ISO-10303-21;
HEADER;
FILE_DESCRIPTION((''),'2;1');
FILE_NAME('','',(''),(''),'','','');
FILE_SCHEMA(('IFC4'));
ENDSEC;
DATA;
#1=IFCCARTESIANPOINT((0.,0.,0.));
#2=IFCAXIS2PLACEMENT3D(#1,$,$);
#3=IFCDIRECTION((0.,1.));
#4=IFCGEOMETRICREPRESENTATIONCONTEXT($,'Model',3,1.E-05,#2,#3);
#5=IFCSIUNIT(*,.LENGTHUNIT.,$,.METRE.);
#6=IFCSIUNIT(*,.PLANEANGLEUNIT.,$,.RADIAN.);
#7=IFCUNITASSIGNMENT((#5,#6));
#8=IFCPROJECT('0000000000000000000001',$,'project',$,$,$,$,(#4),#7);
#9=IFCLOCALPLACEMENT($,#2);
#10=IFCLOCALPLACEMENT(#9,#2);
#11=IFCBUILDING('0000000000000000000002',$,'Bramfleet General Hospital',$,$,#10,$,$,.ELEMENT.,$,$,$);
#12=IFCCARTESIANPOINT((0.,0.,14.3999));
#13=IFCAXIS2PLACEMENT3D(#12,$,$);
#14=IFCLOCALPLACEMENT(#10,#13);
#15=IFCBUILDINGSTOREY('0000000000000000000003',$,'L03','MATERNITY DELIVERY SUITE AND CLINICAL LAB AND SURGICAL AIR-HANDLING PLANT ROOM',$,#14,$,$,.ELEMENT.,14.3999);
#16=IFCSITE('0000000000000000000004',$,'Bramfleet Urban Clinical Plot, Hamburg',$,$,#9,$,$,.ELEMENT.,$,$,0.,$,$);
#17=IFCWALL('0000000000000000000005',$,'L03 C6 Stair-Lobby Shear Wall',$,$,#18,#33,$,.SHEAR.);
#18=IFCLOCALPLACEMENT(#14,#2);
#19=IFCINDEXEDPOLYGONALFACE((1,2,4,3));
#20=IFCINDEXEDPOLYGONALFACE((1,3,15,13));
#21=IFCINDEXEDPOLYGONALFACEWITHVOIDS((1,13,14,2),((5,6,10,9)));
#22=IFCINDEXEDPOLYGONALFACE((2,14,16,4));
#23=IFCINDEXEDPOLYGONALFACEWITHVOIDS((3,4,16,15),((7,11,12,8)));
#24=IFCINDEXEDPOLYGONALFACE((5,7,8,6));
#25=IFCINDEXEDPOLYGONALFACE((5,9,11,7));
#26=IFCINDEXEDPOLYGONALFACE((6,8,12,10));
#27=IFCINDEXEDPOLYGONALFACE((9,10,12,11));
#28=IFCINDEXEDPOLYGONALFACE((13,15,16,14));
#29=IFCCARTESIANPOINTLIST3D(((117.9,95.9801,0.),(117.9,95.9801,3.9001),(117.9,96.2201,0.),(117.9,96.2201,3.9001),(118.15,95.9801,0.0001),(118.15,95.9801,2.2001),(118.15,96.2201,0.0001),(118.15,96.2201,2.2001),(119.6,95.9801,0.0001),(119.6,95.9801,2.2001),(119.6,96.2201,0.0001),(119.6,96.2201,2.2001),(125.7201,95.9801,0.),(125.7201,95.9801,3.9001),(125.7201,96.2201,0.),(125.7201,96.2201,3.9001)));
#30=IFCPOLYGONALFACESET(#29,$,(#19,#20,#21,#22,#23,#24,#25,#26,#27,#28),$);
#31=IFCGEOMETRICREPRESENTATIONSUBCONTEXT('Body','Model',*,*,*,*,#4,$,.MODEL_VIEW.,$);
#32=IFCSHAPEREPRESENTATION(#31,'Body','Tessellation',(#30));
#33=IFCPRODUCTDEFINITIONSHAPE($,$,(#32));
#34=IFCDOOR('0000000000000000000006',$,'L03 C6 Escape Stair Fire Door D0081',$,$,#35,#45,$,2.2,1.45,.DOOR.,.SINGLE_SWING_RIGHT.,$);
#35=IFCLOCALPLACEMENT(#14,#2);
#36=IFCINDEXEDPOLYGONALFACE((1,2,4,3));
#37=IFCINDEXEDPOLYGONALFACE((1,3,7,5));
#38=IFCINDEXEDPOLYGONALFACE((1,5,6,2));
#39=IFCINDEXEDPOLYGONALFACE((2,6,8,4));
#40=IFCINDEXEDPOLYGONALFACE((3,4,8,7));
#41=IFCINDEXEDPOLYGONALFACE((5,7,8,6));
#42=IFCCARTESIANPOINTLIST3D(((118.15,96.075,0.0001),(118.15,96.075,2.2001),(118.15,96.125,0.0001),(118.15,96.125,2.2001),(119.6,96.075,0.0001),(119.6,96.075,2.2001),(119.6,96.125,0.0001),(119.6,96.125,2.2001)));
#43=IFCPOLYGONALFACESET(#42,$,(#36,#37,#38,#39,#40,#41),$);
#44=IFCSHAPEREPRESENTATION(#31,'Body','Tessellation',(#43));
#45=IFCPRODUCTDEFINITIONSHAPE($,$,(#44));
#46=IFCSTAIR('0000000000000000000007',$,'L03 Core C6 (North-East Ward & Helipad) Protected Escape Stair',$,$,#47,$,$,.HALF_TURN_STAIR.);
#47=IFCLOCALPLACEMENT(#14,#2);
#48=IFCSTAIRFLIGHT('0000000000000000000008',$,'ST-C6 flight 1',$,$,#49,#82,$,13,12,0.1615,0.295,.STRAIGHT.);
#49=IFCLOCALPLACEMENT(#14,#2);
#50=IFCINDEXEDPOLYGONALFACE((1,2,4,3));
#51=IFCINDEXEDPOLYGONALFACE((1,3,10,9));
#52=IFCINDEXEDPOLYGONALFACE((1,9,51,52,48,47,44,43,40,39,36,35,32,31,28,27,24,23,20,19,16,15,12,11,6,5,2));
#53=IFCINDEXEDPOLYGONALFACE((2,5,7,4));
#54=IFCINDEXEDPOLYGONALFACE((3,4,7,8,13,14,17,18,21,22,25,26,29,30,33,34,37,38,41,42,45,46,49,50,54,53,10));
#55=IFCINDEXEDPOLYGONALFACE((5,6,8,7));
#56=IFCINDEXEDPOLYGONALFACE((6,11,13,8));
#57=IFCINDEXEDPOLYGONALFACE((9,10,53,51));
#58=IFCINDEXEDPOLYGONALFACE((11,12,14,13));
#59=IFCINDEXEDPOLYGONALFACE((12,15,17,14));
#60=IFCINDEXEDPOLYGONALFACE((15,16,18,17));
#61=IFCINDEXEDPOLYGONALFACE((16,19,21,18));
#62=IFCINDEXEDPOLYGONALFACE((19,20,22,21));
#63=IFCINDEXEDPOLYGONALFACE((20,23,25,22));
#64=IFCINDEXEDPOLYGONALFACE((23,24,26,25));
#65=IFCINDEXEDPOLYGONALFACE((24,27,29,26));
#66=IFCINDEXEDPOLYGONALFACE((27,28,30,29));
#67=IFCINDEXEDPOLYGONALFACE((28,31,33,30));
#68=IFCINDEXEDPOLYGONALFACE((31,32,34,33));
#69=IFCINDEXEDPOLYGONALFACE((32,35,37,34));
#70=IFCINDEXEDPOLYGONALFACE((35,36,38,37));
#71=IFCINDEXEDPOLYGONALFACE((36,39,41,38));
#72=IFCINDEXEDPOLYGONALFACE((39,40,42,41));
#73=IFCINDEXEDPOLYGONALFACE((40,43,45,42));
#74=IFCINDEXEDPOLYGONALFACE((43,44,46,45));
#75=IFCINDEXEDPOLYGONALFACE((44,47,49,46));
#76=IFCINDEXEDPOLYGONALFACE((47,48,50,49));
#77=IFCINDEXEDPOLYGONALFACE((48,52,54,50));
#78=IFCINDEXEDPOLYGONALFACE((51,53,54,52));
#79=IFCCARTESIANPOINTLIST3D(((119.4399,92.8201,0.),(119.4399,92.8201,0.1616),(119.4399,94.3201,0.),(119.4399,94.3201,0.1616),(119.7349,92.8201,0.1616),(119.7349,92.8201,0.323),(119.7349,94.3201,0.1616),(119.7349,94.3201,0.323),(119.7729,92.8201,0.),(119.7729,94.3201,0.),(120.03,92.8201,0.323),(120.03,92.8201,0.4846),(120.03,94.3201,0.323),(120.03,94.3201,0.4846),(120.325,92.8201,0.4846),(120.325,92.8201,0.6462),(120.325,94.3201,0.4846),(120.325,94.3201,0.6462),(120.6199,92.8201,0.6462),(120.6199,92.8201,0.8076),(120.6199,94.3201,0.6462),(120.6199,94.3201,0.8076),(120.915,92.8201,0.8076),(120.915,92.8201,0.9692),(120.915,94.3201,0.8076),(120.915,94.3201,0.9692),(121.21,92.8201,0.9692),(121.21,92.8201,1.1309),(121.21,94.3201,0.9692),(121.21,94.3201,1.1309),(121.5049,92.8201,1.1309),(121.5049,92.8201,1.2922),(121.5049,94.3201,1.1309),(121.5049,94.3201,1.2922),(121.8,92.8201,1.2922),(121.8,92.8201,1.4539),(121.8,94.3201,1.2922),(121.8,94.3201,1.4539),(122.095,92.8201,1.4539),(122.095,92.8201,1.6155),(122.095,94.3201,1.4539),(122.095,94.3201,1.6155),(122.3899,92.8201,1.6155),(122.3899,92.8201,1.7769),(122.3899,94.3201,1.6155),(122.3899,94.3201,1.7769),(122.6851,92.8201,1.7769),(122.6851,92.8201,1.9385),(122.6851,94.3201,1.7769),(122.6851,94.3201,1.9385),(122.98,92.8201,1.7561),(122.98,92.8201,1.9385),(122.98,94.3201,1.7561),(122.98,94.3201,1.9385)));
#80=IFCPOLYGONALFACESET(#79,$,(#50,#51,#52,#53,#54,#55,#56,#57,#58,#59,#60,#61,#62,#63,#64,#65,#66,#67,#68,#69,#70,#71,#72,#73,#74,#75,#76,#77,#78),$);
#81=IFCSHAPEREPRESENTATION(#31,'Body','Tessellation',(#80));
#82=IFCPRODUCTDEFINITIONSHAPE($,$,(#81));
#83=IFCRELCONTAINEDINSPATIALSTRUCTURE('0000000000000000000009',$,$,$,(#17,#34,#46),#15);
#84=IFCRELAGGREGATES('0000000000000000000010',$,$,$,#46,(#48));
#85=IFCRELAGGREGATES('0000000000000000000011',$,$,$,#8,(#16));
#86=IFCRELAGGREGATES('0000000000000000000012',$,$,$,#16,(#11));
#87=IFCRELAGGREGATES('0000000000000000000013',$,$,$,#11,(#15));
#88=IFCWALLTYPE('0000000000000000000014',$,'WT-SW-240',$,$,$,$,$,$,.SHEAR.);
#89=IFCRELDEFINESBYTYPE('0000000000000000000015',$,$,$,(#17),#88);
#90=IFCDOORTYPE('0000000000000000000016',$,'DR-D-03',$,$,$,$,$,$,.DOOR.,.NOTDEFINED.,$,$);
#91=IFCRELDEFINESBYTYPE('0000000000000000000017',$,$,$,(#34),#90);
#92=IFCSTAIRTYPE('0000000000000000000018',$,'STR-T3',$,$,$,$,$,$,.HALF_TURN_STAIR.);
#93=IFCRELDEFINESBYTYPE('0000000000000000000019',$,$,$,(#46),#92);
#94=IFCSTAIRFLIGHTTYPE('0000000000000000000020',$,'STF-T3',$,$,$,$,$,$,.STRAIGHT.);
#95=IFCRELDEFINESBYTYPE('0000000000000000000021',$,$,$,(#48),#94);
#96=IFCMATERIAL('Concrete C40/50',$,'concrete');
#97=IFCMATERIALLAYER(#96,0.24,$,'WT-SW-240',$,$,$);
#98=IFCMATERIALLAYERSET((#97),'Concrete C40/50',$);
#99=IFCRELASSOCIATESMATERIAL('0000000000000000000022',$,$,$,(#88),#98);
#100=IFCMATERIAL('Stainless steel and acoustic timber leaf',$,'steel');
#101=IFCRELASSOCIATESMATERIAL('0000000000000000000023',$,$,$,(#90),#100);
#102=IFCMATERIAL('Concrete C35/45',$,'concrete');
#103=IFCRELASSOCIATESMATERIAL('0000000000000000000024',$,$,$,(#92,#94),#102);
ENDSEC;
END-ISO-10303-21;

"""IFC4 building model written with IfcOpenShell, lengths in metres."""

from ifc_helpers import new_model, si_unit, direction, frame, frame_2d, origin, place, context, subcontext, project, spatial, polyline, rectangle, outline, extrude, material, layer, layer_set, type_object, element, fill, aggregate, save


model = new_model("IFC4")

# Units and contexts
model_context = context("Model", 3, precision=1e-05, world=origin(), true_north=direction((0.0, 1.0)))
body_context = subcontext(model_context, "Body", "Model", "MODEL_VIEW")
ifc_project = project(units=[si_unit("LENGTHUNIT", "METRE"), si_unit("PLANEANGLEUNIT", "RADIAN")], contexts=[model_context])

# Site, building, storey
site_placement = place(None, origin())
site = spatial("IfcSite", under=ifc_project, at=site_placement, Name="Bramfleet Urban Clinical Plot, Hamburg", CompositionType="ELEMENT", RefElevation=0.0)
building_placement = place(site_placement, origin())
building = spatial("IfcBuilding", under=site, at=building_placement, Name="Bramfleet General Hospital", CompositionType="ELEMENT")
storey_placement = place(building_placement, frame((0.0, 0.0, 14.3999)))
storey = spatial("IfcBuildingStorey", under=building, at=storey_placement, Name="L03", Description="MATERNITY DELIVERY SUITE AND CLINICAL LAB AND SURGICAL AIR-HANDLING PLANT ROOM", CompositionType="ELEMENT", Elevation=14.3999)

# Shared definitions
ifc_material_1 = material(Name="Concrete C40/50", Category="concrete")

# Shared definitions
ifc_material_2 = material(Name="Concrete C35/45", Category="concrete")

# Shared definitions
ifc_material_3 = material(Name="Stainless steel and acoustic timber leaf", Category="steel")

# Shared definitions
ifc_layer_1 = layer(ifc_material_1, 0.24, Name="WT-SW-240")
ifc_layer_set_1 = layer_set([ifc_layer_1], Name="Concrete C40/50")
wall_type_1 = type_object("IfcWallType", Name="WT-SW-240", PredefinedType="SHEAR", material=ifc_layer_set_1)

# Wall, opening, door
wall_1_placement = place(storey_placement, frame((117.8999, 96.1001, 0.0), z_axis=(0.0, 0.0, 1.0), x_axis=(1.0, 0.0, 0.0)))
wall_1 = element("IfcWall", 1, at=wall_1_placement, inside=storey, type_object=wall_type_1, Name="L03 C6 Stair-Lobby Shear Wall", PredefinedType="SHEAR", context=body_context, shape_type="SweptSolid", body=[
    extrude(rectangle(XDim=7.8201, YDim=0.24, at=frame_2d((3.9102, 0.0))), origin(), (0.0, 0.0, 1.0), 3.9001),
])
opening_1_placement = place(wall_1_placement, frame((0.25, 0.0, 0.0)))
opening_1 = element("IfcOpeningElement", 2, at=opening_1_placement, cuts=wall_1, PredefinedType="OPENING", context=body_context, shape_type="SweptSolid", body=[
    extrude(rectangle(XDim=1.45, YDim=2.2, at=frame_2d((0.7251, 1.1001))), frame((0.0, 0.1299, 0.0), z_axis=(0.0, -1.0, 0.0), x_axis=(1.0, 0.0, 0.0)), (0.0, 0.0, 1.0), 0.26),
])
door_type_1 = type_object("IfcDoorType", Name="DR-D-03", OperationType="NOTDEFINED", PredefinedType="DOOR", material=ifc_material_3)
door_1_placement = place(opening_1_placement, origin())
door_1 = element("IfcDoor", 3, at=door_1_placement, inside=storey, type_object=door_type_1, Name="L03 C6 Escape Stair Fire Door D0081", OperationType="SINGLE_SWING_RIGHT", OverallHeight=2.2, OverallWidth=1.45, PredefinedType="DOOR", context=body_context, shape_type="SweptSolid", body=[
    extrude(rectangle(XDim=1.45, YDim=2.2, at=frame_2d((0.7251, 1.1001))), frame((0.0, 0.0249, 0.0), z_axis=(0.0, -1.0, 0.0), x_axis=(1.0, 0.0, 0.0)), (0.0, 0.0, 1.0), 0.05),
])
fill(opening_1, door_1)

# Stair, stair flight
stair_type = type_object("IfcStairType", Name="STR-T3", PredefinedType="HALF_TURN_STAIR", material=ifc_material_2)
stair_placement = place(storey_placement, origin())
stair = element("IfcStair", 4, at=stair_placement, inside=storey, type_object=stair_type, Name="L03 Core C6 (North-East Ward & Helipad) Protected Escape Stair", PredefinedType="HALF_TURN_STAIR")
stair_flight_type = type_object("IfcStairFlightType", Name="STF-T3", PredefinedType="STRAIGHT", material=ifc_material_2)
stair_flight_placement = place(storey_placement, frame((119.4399, 93.5701, 0.0), z_axis=(0.0, 0.0, 1.0), x_axis=(1.0, 0.0, 0.0)))
stair_flight = element("IfcStairFlight", 5, at=stair_flight_placement, type_object=stair_flight_type, Name="ST-C6 flight 1", NumberOfRisers=13, NumberOfTreads=12, PredefinedType="STRAIGHT", RiserHeight=0.1615, TreadLength=0.295, context=body_context, shape_type="SweptSolid", body=[
    extrude(outline(polyline([(0.0, 0.0), (0.0, 0.1616), (0.2949, 0.1616), (0.2949, 0.323), (0.5901, 0.323), (0.5901, 0.4846), (0.885, 0.4846), (0.885, 0.6462), (1.1799, 0.6462), (1.1799, 0.8076), (1.4751, 0.8076), (1.4751, 0.9692), (1.77, 0.9692), (1.77, 1.1309), (2.0649, 1.1309), (2.0649, 1.2922), (2.3601, 1.2922), (2.3601, 1.4539), (2.655, 1.4539), (2.655, 1.6155), (2.95, 1.6155), (2.95, 1.7769), (3.2451, 1.7769), (3.2451, 1.9385), (3.54, 1.9385), (3.54, 2.1001), (3.54, 1.7561), (0.333, 0.0), (0.0, 0.0)])), frame((0.0, 0.75, 0.0), z_axis=(0.0, -1.0, 0.0), x_axis=(1.0, 0.0, 0.0)), (0.0, 0.0, 1.0), 1.5),
])
aggregate(stair, [stair_flight])

save(model, "model.ifc")
